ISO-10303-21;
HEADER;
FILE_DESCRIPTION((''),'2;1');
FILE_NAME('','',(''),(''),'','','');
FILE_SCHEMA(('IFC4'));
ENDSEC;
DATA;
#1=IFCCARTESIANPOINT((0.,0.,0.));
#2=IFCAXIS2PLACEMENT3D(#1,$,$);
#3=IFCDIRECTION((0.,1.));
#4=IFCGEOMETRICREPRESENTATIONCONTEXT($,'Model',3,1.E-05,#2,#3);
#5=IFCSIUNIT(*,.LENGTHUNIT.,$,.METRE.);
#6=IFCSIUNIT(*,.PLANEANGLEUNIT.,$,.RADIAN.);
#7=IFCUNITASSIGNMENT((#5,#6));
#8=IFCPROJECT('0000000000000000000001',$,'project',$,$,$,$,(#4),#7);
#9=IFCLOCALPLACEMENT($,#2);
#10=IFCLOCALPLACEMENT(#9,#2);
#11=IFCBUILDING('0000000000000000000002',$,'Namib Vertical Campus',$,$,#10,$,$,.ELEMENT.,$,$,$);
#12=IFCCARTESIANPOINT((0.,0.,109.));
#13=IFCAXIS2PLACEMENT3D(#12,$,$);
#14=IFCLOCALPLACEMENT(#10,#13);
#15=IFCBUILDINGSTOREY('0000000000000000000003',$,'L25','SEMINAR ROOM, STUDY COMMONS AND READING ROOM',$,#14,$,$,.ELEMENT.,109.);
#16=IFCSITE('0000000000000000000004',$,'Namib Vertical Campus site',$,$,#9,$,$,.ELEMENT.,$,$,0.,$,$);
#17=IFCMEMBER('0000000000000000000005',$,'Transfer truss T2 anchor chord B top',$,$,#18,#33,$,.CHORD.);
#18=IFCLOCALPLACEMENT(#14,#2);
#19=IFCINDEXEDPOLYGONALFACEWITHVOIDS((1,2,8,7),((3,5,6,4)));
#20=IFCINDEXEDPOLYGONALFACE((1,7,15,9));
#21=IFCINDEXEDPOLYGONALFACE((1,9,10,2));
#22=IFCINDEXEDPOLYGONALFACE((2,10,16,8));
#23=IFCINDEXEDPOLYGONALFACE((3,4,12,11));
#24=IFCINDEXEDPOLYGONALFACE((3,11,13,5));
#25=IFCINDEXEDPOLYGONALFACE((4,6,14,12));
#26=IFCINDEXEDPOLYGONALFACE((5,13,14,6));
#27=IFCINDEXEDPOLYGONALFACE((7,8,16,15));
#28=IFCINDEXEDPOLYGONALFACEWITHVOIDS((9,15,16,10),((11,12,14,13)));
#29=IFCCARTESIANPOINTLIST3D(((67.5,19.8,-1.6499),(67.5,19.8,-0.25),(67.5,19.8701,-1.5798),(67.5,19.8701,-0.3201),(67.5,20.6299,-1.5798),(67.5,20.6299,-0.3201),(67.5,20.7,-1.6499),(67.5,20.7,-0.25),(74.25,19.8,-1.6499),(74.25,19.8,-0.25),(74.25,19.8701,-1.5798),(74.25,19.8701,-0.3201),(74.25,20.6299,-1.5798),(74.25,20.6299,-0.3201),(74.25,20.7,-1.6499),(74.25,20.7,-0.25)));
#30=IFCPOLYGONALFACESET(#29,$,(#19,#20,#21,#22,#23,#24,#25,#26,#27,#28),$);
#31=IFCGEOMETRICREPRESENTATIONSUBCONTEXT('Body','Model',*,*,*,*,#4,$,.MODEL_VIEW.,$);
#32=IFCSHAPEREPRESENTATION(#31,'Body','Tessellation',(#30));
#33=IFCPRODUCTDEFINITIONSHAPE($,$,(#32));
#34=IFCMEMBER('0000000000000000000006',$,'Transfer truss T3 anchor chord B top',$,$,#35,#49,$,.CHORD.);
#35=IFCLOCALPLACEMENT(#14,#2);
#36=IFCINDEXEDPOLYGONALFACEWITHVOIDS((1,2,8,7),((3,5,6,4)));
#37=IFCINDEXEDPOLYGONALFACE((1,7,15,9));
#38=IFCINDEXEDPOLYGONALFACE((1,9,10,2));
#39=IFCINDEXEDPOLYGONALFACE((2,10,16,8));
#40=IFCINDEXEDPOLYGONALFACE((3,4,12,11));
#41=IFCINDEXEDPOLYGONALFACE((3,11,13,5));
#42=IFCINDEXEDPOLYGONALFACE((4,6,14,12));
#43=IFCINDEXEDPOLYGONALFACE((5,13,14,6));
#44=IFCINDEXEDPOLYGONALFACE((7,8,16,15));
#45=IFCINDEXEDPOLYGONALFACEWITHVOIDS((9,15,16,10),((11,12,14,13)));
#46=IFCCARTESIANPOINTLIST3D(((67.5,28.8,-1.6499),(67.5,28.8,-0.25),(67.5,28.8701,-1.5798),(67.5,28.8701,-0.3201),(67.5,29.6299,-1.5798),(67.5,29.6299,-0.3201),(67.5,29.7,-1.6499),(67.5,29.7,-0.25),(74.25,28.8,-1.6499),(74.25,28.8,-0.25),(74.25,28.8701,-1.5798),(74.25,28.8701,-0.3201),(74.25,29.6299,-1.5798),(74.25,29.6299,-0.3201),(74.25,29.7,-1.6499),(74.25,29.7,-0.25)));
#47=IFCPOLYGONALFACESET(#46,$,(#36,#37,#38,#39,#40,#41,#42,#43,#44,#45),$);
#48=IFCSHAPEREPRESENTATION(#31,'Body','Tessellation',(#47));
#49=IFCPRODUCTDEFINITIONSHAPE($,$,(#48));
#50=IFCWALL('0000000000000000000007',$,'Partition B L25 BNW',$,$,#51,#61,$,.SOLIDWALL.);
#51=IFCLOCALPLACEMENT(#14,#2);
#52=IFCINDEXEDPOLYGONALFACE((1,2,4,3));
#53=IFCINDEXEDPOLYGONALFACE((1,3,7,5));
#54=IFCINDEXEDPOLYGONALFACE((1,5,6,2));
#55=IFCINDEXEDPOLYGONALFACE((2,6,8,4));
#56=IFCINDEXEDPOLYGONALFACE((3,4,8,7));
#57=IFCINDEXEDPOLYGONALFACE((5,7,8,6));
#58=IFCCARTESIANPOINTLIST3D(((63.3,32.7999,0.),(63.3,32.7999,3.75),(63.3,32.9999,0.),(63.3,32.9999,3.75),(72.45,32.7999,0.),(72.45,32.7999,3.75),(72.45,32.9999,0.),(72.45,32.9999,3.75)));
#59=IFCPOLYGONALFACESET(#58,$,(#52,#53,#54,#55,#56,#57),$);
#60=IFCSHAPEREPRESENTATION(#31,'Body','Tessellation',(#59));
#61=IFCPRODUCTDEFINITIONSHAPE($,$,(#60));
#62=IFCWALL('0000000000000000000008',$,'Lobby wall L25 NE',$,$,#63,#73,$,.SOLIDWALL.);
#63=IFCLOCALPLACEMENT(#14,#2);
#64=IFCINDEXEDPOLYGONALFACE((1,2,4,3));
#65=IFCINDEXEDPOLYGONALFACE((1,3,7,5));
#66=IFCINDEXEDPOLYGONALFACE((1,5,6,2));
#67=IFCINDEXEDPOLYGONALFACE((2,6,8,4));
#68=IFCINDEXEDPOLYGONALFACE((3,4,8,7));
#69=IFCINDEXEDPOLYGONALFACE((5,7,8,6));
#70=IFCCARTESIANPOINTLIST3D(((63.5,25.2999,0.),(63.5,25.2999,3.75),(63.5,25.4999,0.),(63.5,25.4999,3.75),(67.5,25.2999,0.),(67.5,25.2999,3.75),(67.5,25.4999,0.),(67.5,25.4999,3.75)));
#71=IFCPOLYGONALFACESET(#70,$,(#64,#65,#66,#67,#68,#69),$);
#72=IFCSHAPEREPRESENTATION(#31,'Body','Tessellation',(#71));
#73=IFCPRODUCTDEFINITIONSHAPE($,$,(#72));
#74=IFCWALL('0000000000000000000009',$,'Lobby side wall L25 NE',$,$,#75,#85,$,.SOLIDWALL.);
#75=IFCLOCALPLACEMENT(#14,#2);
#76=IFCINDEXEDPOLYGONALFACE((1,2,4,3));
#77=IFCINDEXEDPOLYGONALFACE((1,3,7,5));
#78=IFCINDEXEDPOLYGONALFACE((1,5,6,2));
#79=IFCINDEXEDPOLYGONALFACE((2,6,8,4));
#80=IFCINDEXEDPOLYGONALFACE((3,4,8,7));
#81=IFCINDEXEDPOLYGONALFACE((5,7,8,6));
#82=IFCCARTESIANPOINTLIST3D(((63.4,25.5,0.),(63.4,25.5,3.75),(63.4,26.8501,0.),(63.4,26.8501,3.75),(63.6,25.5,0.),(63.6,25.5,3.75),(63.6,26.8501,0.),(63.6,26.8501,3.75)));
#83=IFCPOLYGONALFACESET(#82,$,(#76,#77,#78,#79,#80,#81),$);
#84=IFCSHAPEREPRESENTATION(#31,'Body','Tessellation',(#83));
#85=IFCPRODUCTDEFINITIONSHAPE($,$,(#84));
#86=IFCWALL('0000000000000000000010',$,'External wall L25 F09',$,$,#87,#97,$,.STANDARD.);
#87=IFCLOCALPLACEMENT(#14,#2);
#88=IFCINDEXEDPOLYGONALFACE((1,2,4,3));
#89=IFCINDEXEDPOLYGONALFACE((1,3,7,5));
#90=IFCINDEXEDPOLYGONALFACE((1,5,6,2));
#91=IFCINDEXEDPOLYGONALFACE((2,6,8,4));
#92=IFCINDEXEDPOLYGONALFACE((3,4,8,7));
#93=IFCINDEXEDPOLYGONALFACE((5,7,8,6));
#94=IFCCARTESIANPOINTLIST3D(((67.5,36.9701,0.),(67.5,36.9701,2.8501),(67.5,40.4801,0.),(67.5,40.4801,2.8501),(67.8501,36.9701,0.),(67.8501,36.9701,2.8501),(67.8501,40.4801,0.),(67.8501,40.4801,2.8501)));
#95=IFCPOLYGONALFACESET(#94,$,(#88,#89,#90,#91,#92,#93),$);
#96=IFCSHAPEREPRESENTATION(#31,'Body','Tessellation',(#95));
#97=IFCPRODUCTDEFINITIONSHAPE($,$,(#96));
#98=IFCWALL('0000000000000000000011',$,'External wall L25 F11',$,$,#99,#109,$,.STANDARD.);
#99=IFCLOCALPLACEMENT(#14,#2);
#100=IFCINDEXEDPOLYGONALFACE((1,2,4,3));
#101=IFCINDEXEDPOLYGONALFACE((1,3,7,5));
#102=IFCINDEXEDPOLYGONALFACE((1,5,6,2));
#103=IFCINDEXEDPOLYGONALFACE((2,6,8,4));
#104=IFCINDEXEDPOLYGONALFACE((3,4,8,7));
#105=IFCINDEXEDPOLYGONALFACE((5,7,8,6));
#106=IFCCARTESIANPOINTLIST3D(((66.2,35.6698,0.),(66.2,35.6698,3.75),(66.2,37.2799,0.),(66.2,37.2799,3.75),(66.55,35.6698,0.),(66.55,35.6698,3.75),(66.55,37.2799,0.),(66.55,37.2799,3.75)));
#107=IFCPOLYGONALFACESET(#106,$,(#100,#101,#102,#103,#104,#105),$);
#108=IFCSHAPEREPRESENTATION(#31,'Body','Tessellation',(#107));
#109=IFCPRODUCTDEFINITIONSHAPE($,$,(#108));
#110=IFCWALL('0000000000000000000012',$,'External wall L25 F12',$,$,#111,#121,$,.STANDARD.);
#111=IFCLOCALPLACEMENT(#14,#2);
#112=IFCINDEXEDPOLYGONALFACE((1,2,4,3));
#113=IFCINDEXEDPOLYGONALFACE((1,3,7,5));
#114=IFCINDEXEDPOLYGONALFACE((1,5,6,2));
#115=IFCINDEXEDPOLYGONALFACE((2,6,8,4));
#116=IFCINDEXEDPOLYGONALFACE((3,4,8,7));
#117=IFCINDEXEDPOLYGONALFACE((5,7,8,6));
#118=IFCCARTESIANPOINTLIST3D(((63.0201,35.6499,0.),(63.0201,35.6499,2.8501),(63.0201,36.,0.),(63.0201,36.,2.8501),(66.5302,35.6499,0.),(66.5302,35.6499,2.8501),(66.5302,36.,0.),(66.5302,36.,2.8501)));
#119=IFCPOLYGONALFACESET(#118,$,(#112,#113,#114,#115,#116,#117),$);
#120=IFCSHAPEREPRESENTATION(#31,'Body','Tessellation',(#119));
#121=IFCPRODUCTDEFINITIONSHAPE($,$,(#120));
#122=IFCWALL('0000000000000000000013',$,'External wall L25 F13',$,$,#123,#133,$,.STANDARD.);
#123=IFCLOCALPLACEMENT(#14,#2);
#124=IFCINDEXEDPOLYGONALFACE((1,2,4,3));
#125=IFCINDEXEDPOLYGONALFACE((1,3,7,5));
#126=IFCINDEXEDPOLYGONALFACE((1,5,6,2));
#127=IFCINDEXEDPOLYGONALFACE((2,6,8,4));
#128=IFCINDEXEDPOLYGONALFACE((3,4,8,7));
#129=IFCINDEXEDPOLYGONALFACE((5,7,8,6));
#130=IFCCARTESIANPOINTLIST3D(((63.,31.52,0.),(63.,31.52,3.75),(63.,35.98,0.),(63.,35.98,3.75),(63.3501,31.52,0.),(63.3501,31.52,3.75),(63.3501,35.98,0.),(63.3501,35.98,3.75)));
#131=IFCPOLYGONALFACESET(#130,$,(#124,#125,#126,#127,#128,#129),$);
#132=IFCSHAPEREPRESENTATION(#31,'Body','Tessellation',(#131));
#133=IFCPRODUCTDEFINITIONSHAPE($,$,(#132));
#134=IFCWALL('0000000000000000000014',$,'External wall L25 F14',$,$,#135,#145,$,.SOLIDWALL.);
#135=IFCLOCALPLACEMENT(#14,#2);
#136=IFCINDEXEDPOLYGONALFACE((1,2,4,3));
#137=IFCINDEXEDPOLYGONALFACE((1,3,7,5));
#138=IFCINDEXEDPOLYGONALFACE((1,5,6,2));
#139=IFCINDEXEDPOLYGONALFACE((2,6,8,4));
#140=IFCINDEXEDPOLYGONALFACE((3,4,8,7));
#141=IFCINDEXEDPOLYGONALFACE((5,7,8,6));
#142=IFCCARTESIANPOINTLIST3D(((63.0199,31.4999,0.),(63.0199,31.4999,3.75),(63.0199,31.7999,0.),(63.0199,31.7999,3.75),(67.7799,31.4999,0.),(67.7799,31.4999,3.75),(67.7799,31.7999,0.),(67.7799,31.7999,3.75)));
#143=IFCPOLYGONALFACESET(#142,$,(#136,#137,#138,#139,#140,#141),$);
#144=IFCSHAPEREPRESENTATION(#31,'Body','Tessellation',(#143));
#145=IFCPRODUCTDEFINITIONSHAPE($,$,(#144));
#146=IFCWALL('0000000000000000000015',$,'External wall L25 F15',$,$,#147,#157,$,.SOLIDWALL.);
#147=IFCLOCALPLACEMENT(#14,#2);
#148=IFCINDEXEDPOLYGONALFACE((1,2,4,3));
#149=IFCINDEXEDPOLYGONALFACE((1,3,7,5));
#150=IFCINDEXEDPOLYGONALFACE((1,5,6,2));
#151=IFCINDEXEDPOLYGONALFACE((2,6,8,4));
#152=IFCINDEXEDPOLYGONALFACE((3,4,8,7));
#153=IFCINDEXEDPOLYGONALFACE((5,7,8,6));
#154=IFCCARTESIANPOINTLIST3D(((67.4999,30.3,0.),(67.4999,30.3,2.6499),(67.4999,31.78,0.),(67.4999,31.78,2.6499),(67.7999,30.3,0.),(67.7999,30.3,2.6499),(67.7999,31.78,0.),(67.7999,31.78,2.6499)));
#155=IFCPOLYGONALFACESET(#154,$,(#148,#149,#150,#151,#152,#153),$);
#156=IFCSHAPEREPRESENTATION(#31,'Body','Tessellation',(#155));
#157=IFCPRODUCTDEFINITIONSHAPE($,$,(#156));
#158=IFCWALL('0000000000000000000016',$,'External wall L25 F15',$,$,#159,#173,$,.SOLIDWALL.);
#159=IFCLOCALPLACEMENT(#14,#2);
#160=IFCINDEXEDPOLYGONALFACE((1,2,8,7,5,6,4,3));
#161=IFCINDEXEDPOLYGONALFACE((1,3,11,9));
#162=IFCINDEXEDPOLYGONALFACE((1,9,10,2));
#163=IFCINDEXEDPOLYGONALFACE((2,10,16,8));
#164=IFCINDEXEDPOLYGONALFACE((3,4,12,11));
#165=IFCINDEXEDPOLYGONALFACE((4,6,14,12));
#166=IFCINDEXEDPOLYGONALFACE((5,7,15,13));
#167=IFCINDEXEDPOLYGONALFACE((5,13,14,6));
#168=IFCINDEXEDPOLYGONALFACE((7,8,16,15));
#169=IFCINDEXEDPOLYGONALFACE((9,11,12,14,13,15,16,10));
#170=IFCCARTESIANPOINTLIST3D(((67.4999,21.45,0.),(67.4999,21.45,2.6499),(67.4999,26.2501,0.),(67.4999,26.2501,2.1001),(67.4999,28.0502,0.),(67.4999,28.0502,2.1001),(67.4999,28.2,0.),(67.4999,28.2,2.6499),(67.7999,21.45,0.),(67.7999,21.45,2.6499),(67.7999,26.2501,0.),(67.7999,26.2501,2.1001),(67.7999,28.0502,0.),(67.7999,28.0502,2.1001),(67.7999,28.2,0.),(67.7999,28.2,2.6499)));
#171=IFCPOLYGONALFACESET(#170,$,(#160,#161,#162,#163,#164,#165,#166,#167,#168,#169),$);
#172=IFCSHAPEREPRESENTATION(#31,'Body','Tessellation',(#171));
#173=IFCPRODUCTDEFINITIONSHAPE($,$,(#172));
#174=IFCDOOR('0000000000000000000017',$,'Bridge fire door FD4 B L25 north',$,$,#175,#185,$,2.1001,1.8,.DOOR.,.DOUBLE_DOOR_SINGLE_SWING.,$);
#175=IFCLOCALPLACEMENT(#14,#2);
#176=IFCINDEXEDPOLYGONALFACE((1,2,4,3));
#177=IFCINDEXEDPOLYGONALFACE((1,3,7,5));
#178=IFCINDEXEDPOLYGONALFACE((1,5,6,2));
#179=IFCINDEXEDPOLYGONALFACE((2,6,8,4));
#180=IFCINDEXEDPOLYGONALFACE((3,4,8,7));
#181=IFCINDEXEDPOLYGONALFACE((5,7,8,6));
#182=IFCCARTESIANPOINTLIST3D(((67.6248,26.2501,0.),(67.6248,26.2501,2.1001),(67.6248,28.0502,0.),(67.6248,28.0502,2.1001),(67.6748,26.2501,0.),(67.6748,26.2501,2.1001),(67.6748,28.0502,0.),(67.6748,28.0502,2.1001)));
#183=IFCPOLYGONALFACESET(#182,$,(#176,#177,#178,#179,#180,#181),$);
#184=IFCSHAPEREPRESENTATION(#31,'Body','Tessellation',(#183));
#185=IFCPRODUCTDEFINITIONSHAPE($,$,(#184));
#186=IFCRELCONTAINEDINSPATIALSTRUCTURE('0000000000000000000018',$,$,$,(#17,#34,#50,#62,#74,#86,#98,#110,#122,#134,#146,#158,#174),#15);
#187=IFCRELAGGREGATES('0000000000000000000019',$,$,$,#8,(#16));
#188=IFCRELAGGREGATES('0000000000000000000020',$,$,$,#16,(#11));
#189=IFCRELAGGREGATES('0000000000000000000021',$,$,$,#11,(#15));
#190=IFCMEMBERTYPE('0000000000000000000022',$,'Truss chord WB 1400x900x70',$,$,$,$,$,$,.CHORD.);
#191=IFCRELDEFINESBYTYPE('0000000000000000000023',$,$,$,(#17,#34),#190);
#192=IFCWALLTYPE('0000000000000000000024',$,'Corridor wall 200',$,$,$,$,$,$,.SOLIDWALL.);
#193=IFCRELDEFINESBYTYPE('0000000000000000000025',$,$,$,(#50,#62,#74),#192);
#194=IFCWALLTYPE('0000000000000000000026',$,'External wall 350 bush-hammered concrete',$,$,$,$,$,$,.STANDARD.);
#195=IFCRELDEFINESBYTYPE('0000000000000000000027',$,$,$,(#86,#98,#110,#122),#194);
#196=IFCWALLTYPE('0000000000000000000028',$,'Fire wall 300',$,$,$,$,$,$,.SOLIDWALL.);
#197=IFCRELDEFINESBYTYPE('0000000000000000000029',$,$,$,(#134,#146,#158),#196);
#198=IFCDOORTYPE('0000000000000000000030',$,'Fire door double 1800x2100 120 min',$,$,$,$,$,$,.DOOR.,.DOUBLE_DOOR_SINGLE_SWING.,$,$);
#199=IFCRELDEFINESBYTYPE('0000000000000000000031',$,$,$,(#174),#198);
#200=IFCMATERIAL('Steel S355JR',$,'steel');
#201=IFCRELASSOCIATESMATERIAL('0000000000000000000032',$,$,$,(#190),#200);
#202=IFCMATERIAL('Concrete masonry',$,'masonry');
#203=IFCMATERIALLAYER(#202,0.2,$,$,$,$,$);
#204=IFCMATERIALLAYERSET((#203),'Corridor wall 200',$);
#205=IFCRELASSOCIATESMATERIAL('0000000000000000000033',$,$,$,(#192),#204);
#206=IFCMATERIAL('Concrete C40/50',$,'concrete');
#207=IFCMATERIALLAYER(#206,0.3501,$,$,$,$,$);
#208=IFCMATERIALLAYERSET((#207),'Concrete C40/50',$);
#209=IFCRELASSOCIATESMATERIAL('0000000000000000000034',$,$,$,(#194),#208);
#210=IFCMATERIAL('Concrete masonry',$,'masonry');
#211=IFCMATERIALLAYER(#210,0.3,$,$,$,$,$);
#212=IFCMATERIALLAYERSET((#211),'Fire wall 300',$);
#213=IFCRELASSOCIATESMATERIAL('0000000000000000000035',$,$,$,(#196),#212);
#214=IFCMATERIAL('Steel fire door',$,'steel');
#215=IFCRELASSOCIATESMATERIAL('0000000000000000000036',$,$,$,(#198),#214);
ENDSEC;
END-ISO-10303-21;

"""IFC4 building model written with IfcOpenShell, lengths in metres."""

from ifc_helpers import new_model, si_unit, direction, frame, frame_2d, origin, origin_2d, place, context, subcontext, project, spatial, rectangle, hollow_rectangle, extrude, material, layer, layer_set, material_profile, profile_set, type_object, element, fill, save


model = new_model("IFC4")

# Units and contexts
model_context = context("Model", 3, precision=1e-05, world=origin(), true_north=direction((0.0, 1.0)))
body_context = subcontext(model_context, "Body", "Model", "MODEL_VIEW")
ifc_project = project(units=[si_unit("LENGTHUNIT", "METRE"), si_unit("PLANEANGLEUNIT", "RADIAN")], contexts=[model_context])

# Site, building, storey
site_placement = place(None, origin())
site = spatial("IfcSite", under=ifc_project, at=site_placement, Name="Namib Vertical Campus site", CompositionType="ELEMENT", RefElevation=0.0)
building_placement = place(site_placement, origin())
building = spatial("IfcBuilding", under=site, at=building_placement, Name="Namib Vertical Campus", CompositionType="ELEMENT")
storey_placement = place(building_placement, frame((0.0, 0.0, 109.0)))
storey = spatial("IfcBuildingStorey", under=building, at=storey_placement, Name="L25", Description="SEMINAR ROOM, STUDY COMMONS AND READING ROOM", CompositionType="ELEMENT", Elevation=109.0)

# Members
ifc_material_1 = material(Name="Steel S355JR", Category="steel")
ifc_material_profile_1 = material_profile(ifc_material_1, hollow_rectangle(XDim=0.8999, YDim=1.3999, WallThickness=0.0701, at=origin_2d()))
ifc_profile_set_1 = profile_set([ifc_material_profile_1], Name="Steel S355JR")
member_type_1 = type_object("IfcMemberType", Name="Truss chord WB 1400x900x70", PredefinedType="CHORD", material=ifc_profile_set_1)
for number, where, z_axis, x_axis, name in (
    (1, (67.5, 20.25, -0.95), (1.0, 0.0, 0.0), (0.0, 1.0, 0.0), "Transfer truss T2 anchor chord B top"),
    (2, (67.5, 29.25, -0.95), (1.0, 0.0, 0.0), (0.0, 1.0, 0.0), "Transfer truss T3 anchor chord B top"),
):
    element("IfcMember", number, at=place(storey_placement, frame(where, z_axis=z_axis, x_axis=x_axis)), inside=storey, type_object=member_type_1, Name=name, PredefinedType="CHORD", context=body_context, shape_type="SweptSolid", body=[
        extrude(hollow_rectangle(XDim=0.8999, YDim=1.3999, WallThickness=0.0701, at=origin_2d()), origin(), (0.0, 0.0, 1.0), 6.75),
    ])

# Walls
ifc_material_2 = material(Name="Concrete masonry", Category="masonry")
ifc_layer_1 = layer(ifc_material_2, 0.2)
ifc_layer_set_1 = layer_set([ifc_layer_1], Name="Corridor wall 200")
wall_type_1 = type_object("IfcWallType", Name="Corridor wall 200", PredefinedType="SOLIDWALL", material=ifc_layer_set_1)
wall_1_placement = place(storey_placement, frame((63.3, 32.8999, 0.0), z_axis=(0.0, 0.0, 1.0), x_axis=(1.0, 0.0, 0.0)))
element("IfcWall", 3, at=wall_1_placement, inside=storey, type_object=wall_type_1, Name="Partition B L25 BNW", PredefinedType="SOLIDWALL", context=body_context, shape_type="SweptSolid", body=[
    extrude(rectangle(XDim=9.1499, YDim=0.2, at=frame_2d((4.575, 0.0))), origin(), (0.0, 0.0, 1.0), 3.75),
])
wall_2_placement = place(storey_placement, frame((63.5, 25.3999, 0.0), z_axis=(0.0, 0.0, 1.0), x_axis=(1.0, 0.0, 0.0)))
element("IfcWall", 4, at=wall_2_placement, inside=storey, type_object=wall_type_1, Name="Lobby wall L25 NE", PredefinedType="SOLIDWALL", context=body_context, shape_type="SweptSolid", body=[
    extrude(rectangle(XDim=4.0, YDim=0.2, at=frame_2d((2.0, 0.0))), origin(), (0.0, 0.0, 1.0), 3.75),
])
wall_3_placement = place(storey_placement, frame((63.5, 26.8501, 0.0), z_axis=(0.0, 0.0, 1.0), x_axis=(0.0, -1.0, 0.0)))
element("IfcWall", 5, at=wall_3_placement, inside=storey, type_object=wall_type_1, Name="Lobby side wall L25 NE", PredefinedType="SOLIDWALL", context=body_context, shape_type="SweptSolid", body=[
    extrude(rectangle(XDim=1.3501, YDim=0.2, at=frame_2d((0.675, 0.0))), origin(), (0.0, 0.0, 1.0), 3.75),
])
ifc_material_3 = material(Name="Concrete C40/50", Category="concrete")
ifc_layer_2 = layer(ifc_material_3, 0.3501)
ifc_layer_set_2 = layer_set([ifc_layer_2], Name="Concrete C40/50")
wall_type_2 = type_object("IfcWallType", Name="External wall 350 bush-hammered concrete", PredefinedType="STANDARD", material=ifc_layer_set_2)
wall_4_placement = place(storey_placement, frame((67.675, 40.48, 0.0), z_axis=(0.0, 0.0, 1.0), x_axis=(0.0, -1.0, 0.0)))
element("IfcWall", 6, at=wall_4_placement, inside=storey, type_object=wall_type_2, Name="External wall L25 F09", PredefinedType="STANDARD", context=body_context, shape_type="SweptSolid", body=[
    extrude(rectangle(XDim=3.51, YDim=0.3501, at=frame_2d((1.7549, 0.0))), origin(), (0.0, 0.0, 1.0), 2.8501),
])
wall_5_placement = place(storey_placement, frame((66.375, 37.28, 0.0), z_axis=(0.0, 0.0, 1.0), x_axis=(0.0, -1.0, 0.0)))
element("IfcWall", 7, at=wall_5_placement, inside=storey, type_object=wall_type_2, Name="External wall L25 F11", PredefinedType="STANDARD", context=body_context, shape_type="SweptSolid", body=[
    extrude(rectangle(XDim=1.6101, YDim=0.3501, at=frame_2d((0.8052, 0.0))), origin(), (0.0, 0.0, 1.0), 3.75),
])
wall_6_placement = place(storey_placement, frame((66.53, 35.825, 0.0), z_axis=(0.0, 0.0, 1.0), x_axis=(-1.0, 0.0, 0.0)))
element("IfcWall", 8, at=wall_6_placement, inside=storey, type_object=wall_type_2, Name="External wall L25 F12", PredefinedType="STANDARD", context=body_context, shape_type="SweptSolid", body=[
    extrude(rectangle(XDim=3.51, YDim=0.3501, at=frame_2d((1.7549, 0.0))), origin(), (0.0, 0.0, 1.0), 2.8501),
])
wall_7_placement = place(storey_placement, frame((63.175, 35.98, 0.0), z_axis=(0.0, 0.0, 1.0), x_axis=(0.0, -1.0, 0.0)))
element("IfcWall", 9, at=wall_7_placement, inside=storey, type_object=wall_type_2, Name="External wall L25 F13", PredefinedType="STANDARD", context=body_context, shape_type="SweptSolid", body=[
    extrude(rectangle(XDim=4.46, YDim=0.3501, at=frame_2d((2.23, 0.0))), origin(), (0.0, 0.0, 1.0), 3.75),
])
ifc_material_4 = material(Name="Concrete masonry", Category="masonry")
ifc_layer_3 = layer(ifc_material_4, 0.3)
ifc_layer_set_3 = layer_set([ifc_layer_3], Name="Fire wall 300")
wall_type_3 = type_object("IfcWallType", Name="Fire wall 300", PredefinedType="SOLIDWALL", material=ifc_layer_set_3)
wall_8_placement = place(storey_placement, frame((63.02, 31.6499, 0.0), z_axis=(0.0, 0.0, 1.0), x_axis=(1.0, 0.0, 0.0)))
element("IfcWall", 10, at=wall_8_placement, inside=storey, type_object=wall_type_3, Name="External wall L25 F14", PredefinedType="SOLIDWALL", context=body_context, shape_type="SweptSolid", body=[
    extrude(rectangle(XDim=4.76, YDim=0.3, at=frame_2d((2.3799, 0.0))), origin(), (0.0, 0.0, 1.0), 3.75),
])
wall_9_placement = place(storey_placement, frame((67.6499, 31.78, 0.0), z_axis=(0.0, 0.0, 1.0), x_axis=(0.0, -1.0, 0.0)))
element("IfcWall", 11, at=wall_9_placement, inside=storey, type_object=wall_type_3, Name="External wall L25 F15", PredefinedType="SOLIDWALL", context=body_context, shape_type="SweptSolid", body=[
    extrude(rectangle(XDim=1.48, YDim=0.3, at=frame_2d((0.74, 0.0))), origin(), (0.0, 0.0, 1.0), 2.6499),
])

# Wall, opening, door
wall_10_placement = place(storey_placement, frame((67.6499, 28.2, 0.0), z_axis=(0.0, 0.0, 1.0), x_axis=(0.0, -1.0, 0.0)))
wall_10 = element("IfcWall", 12, at=wall_10_placement, inside=storey, type_object=wall_type_3, Name="External wall L25 F15", PredefinedType="SOLIDWALL", context=body_context, shape_type="SweptSolid", body=[
    extrude(rectangle(XDim=6.75, YDim=0.3, at=frame_2d((3.375, 0.0))), origin(), (0.0, 0.0, 1.0), 2.6499),
])
opening_placement = place(wall_10_placement, frame((0.1499, 0.0, 0.0)))
opening = element("IfcOpeningElement", 13, at=opening_placement, cuts=wall_10, PredefinedType="OPENING", context=body_context, shape_type="SweptSolid", body=[
    extrude(rectangle(XDim=1.8, YDim=2.1001, at=frame_2d((0.8999, 1.05))), frame((0.0, 0.1599, 0.0), z_axis=(0.0, -1.0, 0.0), x_axis=(1.0, 0.0, 0.0)), (0.0, 0.0, 1.0), 0.3201),
])
ifc_material_5 = material(Name="Steel fire door", Category="steel")
door_type = type_object("IfcDoorType", Name="Fire door double 1800x2100 120 min", OperationType="DOUBLE_DOOR_SINGLE_SWING", PredefinedType="DOOR", material=ifc_material_5)
door_placement = place(opening_placement, origin())
door = element("IfcDoor", 14, at=door_placement, inside=storey, type_object=door_type, Name="Bridge fire door FD4 B L25 north", OperationType="DOUBLE_DOOR_SINGLE_SWING", OverallHeight=2.1001, OverallWidth=1.8, PredefinedType="DOOR", context=body_context, shape_type="SweptSolid", body=[
    extrude(rectangle(XDim=1.8, YDim=2.1001, at=frame_2d((0.8999, 1.05))), frame((0.0, 0.0249, 0.0), z_axis=(0.0, -1.0, 0.0), x_axis=(1.0, 0.0, 0.0)), (0.0, 0.0, 1.0), 0.05),
])
fill(opening, door)

save(model, "model.ifc")
